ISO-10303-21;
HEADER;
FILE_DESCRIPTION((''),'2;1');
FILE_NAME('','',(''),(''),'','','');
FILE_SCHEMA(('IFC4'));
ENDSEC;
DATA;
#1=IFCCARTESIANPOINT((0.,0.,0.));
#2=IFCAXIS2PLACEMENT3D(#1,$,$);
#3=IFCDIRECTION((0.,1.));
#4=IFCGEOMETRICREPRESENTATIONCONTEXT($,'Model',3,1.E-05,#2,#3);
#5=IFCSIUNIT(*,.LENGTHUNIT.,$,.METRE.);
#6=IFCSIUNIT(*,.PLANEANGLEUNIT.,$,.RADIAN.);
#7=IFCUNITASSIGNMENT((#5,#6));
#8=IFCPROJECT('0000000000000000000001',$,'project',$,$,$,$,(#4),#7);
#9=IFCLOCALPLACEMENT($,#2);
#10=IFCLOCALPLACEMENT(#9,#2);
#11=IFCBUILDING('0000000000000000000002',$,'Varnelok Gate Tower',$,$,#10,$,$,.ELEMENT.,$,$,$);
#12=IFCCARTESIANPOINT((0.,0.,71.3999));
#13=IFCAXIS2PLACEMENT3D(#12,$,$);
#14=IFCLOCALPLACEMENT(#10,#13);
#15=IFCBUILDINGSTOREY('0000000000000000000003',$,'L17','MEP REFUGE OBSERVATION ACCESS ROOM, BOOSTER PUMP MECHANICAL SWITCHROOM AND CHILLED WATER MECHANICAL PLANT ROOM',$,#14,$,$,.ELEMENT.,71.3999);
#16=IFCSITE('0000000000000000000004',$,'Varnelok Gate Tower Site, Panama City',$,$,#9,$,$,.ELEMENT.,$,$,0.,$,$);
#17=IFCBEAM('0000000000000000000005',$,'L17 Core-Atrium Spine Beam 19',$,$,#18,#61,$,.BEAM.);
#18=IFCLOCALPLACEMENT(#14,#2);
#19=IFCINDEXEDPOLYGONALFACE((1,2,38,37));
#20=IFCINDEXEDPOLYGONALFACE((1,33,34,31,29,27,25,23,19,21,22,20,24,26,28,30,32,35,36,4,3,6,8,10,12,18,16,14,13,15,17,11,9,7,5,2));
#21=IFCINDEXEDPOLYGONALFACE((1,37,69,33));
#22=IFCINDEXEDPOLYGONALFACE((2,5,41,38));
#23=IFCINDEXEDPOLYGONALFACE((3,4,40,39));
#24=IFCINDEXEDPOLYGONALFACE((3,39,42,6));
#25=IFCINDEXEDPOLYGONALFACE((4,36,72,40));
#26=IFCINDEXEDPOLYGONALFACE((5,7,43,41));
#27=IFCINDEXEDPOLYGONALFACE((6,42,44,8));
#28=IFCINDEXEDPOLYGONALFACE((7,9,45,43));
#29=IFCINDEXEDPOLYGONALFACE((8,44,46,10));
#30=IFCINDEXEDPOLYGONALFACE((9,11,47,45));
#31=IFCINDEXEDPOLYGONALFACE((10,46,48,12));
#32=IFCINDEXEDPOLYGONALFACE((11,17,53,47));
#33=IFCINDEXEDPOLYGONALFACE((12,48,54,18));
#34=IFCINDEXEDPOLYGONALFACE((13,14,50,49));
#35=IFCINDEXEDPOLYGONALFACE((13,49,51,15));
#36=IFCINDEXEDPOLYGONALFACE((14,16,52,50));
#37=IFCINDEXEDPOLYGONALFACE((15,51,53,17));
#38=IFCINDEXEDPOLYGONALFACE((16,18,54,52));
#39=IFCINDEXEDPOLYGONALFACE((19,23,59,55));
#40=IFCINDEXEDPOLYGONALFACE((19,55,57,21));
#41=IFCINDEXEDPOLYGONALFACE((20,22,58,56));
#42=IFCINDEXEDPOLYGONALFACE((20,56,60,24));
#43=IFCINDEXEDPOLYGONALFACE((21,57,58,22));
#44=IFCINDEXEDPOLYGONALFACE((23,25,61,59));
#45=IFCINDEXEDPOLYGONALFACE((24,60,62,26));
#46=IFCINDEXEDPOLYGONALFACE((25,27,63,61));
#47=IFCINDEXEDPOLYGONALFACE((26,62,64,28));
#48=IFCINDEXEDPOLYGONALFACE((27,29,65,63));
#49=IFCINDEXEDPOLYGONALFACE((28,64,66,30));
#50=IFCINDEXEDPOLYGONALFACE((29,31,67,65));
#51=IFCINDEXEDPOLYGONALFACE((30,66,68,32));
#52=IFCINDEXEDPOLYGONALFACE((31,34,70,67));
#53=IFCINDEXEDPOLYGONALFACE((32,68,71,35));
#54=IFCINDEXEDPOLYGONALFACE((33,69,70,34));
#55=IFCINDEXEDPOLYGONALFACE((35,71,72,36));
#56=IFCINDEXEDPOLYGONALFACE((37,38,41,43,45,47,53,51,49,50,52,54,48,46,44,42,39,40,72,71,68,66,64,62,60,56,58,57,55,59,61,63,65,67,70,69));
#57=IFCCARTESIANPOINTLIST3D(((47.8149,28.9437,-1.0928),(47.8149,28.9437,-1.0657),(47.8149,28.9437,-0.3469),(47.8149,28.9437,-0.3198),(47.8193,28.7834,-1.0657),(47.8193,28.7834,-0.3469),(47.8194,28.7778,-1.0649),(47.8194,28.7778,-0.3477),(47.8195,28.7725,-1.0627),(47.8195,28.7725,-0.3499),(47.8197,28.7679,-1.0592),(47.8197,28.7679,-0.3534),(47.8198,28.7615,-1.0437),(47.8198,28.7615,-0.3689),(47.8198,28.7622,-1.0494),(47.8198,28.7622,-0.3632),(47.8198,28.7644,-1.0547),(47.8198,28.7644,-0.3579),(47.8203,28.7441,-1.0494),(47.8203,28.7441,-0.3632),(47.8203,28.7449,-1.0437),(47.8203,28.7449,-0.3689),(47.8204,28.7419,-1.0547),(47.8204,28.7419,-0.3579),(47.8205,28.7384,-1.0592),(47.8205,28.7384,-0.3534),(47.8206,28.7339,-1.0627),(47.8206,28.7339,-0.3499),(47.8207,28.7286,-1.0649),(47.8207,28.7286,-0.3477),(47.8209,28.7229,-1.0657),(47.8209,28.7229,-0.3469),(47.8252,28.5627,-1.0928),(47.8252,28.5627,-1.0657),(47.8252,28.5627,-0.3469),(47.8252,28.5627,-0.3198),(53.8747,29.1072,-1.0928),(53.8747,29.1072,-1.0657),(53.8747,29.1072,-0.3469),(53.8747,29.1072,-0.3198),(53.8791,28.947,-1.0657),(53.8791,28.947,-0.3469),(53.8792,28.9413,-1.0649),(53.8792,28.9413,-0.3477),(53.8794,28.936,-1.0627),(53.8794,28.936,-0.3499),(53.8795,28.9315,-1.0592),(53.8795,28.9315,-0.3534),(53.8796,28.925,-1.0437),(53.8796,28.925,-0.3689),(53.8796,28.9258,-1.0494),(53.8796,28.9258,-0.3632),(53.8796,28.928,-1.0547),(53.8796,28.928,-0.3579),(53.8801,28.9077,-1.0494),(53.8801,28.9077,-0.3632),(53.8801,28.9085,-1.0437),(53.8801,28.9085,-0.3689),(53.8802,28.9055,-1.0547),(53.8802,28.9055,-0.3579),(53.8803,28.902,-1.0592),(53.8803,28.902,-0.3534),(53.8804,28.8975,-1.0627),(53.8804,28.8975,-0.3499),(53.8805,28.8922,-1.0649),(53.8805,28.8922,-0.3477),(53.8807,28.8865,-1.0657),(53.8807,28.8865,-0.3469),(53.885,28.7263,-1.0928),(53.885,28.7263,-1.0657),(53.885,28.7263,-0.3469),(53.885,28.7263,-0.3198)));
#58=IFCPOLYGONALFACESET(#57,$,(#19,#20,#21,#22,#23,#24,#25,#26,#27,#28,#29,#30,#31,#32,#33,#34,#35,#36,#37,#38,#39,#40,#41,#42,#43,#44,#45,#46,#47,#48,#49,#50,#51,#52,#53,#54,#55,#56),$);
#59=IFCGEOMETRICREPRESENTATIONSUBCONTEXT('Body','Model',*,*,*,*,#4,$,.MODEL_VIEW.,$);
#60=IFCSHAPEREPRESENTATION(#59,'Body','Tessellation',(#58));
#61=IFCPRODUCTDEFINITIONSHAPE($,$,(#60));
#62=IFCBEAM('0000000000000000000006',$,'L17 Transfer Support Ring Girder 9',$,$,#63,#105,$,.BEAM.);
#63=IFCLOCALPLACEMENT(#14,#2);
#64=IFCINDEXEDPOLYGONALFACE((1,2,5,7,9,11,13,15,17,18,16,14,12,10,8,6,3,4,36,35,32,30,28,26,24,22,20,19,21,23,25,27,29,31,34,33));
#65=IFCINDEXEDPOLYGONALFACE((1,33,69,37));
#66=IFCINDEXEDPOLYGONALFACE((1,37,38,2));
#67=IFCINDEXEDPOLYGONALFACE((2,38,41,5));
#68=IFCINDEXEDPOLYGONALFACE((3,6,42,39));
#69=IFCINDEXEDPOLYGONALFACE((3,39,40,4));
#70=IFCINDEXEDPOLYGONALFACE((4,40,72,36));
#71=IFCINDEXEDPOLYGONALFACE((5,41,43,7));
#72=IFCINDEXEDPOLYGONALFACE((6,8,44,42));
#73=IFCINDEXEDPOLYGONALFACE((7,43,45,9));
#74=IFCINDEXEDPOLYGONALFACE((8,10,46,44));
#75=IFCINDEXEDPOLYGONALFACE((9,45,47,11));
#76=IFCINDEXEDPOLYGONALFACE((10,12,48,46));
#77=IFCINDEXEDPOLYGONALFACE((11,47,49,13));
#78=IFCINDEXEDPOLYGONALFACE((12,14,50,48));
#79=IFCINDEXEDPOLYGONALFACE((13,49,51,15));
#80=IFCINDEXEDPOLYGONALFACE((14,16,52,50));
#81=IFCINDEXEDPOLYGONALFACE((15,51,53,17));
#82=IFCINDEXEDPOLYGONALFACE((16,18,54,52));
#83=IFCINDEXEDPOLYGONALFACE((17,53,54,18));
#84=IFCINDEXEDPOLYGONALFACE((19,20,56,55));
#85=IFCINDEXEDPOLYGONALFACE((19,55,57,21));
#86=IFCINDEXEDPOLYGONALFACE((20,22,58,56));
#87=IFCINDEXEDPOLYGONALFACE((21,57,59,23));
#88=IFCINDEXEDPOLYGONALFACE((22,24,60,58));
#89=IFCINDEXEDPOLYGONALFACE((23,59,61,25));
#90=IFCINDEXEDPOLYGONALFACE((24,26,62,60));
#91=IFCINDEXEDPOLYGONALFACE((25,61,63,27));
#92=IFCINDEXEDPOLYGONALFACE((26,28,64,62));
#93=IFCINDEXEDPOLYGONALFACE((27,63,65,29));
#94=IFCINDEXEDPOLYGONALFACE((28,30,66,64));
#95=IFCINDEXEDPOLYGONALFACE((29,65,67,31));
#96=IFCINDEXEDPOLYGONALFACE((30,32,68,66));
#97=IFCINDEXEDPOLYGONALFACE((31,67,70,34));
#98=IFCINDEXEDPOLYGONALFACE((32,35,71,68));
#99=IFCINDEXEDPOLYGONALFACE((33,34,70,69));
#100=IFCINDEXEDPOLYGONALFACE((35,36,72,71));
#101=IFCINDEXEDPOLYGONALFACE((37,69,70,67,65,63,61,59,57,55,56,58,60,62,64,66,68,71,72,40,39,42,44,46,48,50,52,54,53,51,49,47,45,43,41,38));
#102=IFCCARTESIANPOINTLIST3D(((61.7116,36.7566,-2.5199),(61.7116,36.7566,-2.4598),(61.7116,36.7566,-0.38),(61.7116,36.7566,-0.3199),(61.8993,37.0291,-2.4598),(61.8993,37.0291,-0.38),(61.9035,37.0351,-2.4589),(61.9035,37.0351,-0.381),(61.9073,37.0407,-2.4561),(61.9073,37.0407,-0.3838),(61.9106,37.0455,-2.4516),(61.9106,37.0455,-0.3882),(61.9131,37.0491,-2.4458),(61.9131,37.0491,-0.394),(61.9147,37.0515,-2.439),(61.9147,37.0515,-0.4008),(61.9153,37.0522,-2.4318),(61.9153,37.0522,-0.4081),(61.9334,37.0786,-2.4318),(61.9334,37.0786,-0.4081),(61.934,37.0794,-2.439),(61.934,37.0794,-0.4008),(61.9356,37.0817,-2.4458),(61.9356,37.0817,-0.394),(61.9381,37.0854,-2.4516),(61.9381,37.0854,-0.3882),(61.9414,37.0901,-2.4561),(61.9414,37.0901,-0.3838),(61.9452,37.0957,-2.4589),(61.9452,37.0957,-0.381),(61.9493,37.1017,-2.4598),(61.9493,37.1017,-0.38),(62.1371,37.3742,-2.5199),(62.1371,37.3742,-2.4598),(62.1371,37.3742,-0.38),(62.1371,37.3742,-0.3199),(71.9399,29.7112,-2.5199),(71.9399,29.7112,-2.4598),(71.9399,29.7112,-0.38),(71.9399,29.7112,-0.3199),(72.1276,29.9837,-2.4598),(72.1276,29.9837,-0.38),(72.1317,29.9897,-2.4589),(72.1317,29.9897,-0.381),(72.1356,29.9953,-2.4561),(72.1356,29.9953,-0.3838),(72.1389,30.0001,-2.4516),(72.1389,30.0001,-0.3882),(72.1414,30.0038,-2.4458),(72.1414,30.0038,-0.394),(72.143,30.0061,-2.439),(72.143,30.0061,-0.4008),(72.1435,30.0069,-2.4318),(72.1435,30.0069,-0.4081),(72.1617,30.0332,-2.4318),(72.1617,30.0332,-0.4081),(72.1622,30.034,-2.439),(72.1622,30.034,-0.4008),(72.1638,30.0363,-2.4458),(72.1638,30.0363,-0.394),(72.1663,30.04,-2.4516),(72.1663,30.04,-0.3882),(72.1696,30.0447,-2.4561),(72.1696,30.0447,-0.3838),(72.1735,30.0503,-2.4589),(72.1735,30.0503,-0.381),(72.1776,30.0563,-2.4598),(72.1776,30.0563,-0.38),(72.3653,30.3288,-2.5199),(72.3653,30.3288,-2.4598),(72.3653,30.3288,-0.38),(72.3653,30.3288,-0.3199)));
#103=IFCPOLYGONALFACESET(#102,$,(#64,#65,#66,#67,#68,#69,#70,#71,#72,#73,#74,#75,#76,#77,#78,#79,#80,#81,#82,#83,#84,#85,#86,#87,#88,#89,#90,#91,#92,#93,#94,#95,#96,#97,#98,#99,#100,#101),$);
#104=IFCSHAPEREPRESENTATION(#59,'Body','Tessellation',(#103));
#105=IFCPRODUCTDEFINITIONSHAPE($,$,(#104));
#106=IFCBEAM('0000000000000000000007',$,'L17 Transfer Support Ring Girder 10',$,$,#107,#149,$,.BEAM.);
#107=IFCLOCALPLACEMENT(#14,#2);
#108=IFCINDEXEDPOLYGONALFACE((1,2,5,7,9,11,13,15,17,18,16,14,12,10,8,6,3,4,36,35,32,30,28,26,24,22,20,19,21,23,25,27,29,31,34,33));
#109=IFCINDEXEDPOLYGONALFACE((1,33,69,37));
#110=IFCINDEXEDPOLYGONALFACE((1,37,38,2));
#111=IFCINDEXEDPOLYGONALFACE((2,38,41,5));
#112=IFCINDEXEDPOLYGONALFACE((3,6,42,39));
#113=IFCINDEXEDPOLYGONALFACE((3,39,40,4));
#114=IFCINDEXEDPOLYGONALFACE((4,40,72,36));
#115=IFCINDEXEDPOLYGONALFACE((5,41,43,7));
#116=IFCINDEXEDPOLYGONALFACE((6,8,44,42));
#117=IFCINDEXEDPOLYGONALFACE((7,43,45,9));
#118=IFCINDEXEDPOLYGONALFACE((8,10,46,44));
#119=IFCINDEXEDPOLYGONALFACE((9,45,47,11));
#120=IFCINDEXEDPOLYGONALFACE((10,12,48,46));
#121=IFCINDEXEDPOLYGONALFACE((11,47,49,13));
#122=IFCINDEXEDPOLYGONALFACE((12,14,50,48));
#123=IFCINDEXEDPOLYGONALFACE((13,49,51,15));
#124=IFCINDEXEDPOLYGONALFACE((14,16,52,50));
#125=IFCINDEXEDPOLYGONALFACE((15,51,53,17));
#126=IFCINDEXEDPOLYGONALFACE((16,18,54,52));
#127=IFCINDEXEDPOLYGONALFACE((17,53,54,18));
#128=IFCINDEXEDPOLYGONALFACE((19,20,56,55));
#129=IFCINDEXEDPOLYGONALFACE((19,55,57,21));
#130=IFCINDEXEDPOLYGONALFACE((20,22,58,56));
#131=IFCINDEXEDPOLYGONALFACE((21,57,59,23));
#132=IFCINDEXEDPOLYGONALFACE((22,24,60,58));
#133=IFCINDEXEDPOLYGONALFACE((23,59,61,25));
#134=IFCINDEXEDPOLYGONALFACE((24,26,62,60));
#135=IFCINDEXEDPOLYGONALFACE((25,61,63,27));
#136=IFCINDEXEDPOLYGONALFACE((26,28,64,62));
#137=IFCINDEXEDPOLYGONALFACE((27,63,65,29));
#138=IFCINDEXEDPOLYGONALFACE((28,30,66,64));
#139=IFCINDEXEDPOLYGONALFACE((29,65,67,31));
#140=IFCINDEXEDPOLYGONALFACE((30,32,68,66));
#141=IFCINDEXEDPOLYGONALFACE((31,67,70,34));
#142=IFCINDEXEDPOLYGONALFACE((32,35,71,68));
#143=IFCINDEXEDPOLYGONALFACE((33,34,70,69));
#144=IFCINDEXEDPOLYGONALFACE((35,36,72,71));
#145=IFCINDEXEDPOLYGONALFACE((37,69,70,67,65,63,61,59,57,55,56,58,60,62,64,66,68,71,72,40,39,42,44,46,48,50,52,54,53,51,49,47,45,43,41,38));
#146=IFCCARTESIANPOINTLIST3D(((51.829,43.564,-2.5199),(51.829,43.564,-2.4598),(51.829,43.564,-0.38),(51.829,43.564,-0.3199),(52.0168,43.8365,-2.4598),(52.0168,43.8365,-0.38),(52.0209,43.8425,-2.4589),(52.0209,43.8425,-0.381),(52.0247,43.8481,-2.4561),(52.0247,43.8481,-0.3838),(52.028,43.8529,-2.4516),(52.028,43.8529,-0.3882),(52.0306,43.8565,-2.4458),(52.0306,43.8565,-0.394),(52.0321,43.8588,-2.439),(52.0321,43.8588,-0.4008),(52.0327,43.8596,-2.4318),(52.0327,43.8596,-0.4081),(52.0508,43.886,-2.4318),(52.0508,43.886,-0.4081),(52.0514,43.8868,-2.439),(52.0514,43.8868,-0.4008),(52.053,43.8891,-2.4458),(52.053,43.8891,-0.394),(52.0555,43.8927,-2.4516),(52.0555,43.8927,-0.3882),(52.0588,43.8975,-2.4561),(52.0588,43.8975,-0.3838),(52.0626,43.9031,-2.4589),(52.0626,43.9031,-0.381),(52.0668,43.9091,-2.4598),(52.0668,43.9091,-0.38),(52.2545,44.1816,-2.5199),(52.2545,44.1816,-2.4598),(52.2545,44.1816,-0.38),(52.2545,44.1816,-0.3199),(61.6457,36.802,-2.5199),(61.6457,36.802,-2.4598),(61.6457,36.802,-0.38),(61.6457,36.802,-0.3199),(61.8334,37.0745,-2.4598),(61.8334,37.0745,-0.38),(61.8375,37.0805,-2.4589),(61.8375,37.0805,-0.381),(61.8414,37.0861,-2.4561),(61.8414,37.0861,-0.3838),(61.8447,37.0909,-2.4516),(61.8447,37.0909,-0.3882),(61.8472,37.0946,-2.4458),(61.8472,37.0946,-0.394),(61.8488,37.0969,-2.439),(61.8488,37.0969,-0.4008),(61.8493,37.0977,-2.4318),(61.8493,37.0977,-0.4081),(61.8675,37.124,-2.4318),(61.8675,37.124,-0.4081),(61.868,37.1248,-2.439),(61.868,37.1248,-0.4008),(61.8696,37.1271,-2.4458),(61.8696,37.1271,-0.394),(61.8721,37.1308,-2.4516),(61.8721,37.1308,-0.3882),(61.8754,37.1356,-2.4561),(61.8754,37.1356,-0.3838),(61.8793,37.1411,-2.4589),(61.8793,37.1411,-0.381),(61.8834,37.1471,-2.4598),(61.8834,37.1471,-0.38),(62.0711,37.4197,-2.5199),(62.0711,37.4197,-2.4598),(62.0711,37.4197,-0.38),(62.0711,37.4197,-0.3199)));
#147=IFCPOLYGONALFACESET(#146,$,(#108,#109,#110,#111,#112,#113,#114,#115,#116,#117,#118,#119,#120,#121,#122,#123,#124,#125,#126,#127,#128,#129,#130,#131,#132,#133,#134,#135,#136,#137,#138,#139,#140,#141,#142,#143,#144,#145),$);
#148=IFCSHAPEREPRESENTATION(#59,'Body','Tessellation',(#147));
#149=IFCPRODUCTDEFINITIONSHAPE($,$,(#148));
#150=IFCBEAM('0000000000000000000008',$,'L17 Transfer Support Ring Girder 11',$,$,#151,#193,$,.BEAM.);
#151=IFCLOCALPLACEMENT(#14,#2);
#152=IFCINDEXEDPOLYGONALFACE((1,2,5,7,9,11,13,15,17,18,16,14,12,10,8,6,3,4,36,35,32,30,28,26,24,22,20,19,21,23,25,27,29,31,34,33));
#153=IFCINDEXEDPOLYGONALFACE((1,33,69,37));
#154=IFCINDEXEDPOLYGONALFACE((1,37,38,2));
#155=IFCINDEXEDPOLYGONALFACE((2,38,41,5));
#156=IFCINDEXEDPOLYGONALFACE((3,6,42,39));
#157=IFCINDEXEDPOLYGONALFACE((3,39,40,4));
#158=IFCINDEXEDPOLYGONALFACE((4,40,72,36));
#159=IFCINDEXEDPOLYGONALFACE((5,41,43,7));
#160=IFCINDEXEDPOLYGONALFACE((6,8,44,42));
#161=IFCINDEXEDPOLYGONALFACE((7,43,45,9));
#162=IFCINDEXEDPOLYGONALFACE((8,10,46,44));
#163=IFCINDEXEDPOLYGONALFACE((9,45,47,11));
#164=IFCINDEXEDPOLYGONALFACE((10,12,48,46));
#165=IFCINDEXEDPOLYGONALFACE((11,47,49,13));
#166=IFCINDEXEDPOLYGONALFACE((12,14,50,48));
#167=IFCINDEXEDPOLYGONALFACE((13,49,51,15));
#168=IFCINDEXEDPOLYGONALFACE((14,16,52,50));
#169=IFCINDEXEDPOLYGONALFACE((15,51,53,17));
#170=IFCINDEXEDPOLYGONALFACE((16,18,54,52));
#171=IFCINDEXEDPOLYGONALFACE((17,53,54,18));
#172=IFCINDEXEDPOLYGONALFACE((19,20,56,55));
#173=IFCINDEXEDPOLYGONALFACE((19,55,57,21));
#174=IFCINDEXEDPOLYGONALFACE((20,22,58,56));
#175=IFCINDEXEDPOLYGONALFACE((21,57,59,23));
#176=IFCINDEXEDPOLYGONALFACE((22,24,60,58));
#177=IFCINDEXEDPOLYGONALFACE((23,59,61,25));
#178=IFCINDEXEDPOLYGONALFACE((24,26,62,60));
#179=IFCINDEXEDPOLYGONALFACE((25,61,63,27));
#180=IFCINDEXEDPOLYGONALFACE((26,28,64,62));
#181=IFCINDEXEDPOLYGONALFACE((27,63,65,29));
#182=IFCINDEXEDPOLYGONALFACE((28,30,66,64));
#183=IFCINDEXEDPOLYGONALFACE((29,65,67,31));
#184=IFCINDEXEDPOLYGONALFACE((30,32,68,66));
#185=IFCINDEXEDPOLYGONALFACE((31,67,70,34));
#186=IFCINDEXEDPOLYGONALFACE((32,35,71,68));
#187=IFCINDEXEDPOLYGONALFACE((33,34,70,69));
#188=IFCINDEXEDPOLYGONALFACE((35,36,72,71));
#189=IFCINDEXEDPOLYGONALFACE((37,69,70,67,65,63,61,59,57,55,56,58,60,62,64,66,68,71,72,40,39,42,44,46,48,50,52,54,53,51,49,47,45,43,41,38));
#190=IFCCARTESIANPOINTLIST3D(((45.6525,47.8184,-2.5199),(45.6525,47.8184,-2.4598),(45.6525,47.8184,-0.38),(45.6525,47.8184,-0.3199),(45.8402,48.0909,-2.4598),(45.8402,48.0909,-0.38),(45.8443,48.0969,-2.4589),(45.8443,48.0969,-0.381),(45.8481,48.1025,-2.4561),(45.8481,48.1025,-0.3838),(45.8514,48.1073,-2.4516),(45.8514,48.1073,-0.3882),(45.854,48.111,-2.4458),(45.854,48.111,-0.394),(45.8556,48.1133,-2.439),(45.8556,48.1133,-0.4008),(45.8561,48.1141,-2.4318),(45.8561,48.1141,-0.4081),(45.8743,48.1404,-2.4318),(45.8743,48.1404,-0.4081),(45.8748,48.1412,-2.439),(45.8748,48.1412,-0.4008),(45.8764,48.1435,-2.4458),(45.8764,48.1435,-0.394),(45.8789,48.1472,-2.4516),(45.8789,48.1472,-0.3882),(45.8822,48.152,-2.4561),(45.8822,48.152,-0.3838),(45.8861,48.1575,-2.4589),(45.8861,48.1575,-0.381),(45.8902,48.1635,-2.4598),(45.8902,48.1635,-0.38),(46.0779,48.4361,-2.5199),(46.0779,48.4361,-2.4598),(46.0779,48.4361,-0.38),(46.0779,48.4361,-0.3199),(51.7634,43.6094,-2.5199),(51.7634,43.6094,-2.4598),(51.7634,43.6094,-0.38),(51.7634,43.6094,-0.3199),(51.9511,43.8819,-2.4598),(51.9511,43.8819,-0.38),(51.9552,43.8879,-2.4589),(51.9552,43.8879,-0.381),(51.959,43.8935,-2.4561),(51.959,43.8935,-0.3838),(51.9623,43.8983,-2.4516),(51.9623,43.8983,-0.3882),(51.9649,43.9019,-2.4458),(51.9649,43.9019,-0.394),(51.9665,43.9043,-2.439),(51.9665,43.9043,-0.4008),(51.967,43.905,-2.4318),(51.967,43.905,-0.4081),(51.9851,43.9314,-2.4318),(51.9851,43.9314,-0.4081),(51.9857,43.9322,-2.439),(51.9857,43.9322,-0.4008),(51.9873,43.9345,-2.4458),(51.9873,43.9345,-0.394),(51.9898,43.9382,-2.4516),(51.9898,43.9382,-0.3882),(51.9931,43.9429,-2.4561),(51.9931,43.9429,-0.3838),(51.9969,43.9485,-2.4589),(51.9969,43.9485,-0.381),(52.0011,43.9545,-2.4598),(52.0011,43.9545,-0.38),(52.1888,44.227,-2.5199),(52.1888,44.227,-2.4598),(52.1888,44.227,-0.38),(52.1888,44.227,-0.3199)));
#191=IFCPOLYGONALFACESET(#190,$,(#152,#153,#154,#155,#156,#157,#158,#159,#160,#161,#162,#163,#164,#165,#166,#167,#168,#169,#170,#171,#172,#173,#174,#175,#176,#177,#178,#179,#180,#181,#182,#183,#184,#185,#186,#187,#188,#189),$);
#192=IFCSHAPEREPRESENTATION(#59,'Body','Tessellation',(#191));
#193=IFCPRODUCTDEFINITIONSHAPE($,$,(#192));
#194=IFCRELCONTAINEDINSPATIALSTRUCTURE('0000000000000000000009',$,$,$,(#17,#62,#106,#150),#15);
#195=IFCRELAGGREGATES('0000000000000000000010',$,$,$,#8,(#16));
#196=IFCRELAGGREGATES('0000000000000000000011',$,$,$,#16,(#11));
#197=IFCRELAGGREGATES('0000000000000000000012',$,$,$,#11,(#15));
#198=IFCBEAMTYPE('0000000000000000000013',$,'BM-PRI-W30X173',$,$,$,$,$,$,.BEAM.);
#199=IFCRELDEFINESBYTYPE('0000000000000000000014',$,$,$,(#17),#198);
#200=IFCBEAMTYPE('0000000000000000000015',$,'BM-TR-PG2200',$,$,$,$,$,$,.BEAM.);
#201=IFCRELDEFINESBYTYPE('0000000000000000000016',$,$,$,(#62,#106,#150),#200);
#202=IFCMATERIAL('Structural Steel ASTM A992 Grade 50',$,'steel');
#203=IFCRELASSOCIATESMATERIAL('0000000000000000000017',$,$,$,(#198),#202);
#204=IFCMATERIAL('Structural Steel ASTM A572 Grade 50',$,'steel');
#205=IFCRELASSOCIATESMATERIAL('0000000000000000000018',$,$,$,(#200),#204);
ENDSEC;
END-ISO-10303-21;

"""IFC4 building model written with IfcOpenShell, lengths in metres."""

from ifc_helpers import new_model, si_unit, direction, frame, origin, origin_2d, place, context, subcontext, project, spatial, i_section, extrude, material, material_profile, profile_set, type_object, element, save


model = new_model("IFC4")

# Units and contexts
model_context = context("Model", 3, precision=1e-05, world=origin(), true_north=direction((0.0, 1.0)))
body_context = subcontext(model_context, "Body", "Model", "MODEL_VIEW")
ifc_project = project(units=[si_unit("LENGTHUNIT", "METRE"), si_unit("PLANEANGLEUNIT", "RADIAN")], contexts=[model_context])

# Site, building, storey
site_placement = place(None, origin())
site = spatial("IfcSite", under=ifc_project, at=site_placement, Name="Varnelok Gate Tower Site, Panama City", CompositionType="ELEMENT", RefElevation=0.0)
building_placement = place(site_placement, origin())
building = spatial("IfcBuilding", under=site, at=building_placement, Name="Varnelok Gate Tower", CompositionType="ELEMENT")
storey_placement = place(building_placement, frame((0.0, 0.0, 71.3999)))
storey = spatial("IfcBuildingStorey", under=building, at=storey_placement, Name="L17", Description="MEP REFUGE OBSERVATION ACCESS ROOM, BOOSTER PUMP MECHANICAL SWITCHROOM AND CHILLED WATER MECHANICAL PLANT ROOM", CompositionType="ELEMENT", Elevation=71.3999)

# Shared definitions
ifc_material_1 = material(Name="Structural Steel ASTM A992 Grade 50", Category="steel")

# Beams
ifc_material_profile_1 = material_profile(ifc_material_1, i_section(OverallWidth=0.3811, OverallDepth=0.7729, WebThickness=0.0166, FlangeThickness=0.0271, FilletRadius=0.022, at=origin_2d()), Name="W30X173")
ifc_profile_set_1 = profile_set([ifc_material_profile_1], Name="Structural Steel ASTM A992 Grade 50")
beam_type_1 = type_object("IfcBeamType", Name="BM-PRI-W30X173", PredefinedType="BEAM", material=ifc_profile_set_1)
beam_1_placement = place(storey_placement, frame((47.8201, 28.7532, -0.7063), z_axis=(0.999636, 0.026983, 0.0), x_axis=(-0.026983, 0.999636, 0.0)))
element("IfcBeam", 1, at=beam_1_placement, inside=storey, type_object=beam_type_1, Name="L17 Core-Atrium Spine Beam 19", PredefinedType="BEAM", context=body_context, shape_type="SweptSolid", body=[
    extrude(i_section(OverallWidth=0.3811, OverallDepth=0.7729, WebThickness=0.0166, FlangeThickness=0.0271, FilletRadius=0.022, at=origin_2d()), origin(), (0.0, 0.0, 1.0), 6.062),
])
ifc_material_2 = material(Name="Structural Steel ASTM A572 Grade 50", Category="steel")
ifc_material_profile_2 = material_profile(ifc_material_2, i_section(OverallWidth=0.75, OverallDepth=2.2, WebThickness=0.032, FlangeThickness=0.0601, FilletRadius=0.0281, at=origin_2d()), Name="PG2200X750")
ifc_profile_set_2 = profile_set([ifc_material_profile_2], Name="Structural Steel ASTM A572 Grade 50")
beam_type_2 = type_object("IfcBeamType", Name="BM-TR-PG2200", PredefinedType="BEAM", material=ifc_profile_set_2)
beam_2_placement = place(storey_placement, frame((72.1526, 30.02, -1.4199), z_axis=(-0.823535, 0.567265, 0.0), x_axis=(-0.567265, -0.823535, 0.0)))
element("IfcBeam", 2, at=beam_2_placement, inside=storey, type_object=beam_type_2, Name="L17 Transfer Support Ring Girder 9", PredefinedType="BEAM", context=body_context, shape_type="SweptSolid", body=[
    extrude(i_section(OverallWidth=0.75, OverallDepth=2.2, WebThickness=0.032, FlangeThickness=0.0601, FilletRadius=0.0281, at=origin_2d()), origin(), (0.0, 0.0, 1.0), 12.4199),
])
beam_3_placement = place(storey_placement, frame((61.8584, 37.1108, -1.4199), z_axis=(-0.823532, 0.56727, 0.0), x_axis=(-0.56727, -0.823532, 0.0)))
element("IfcBeam", 3, at=beam_3_placement, inside=storey, type_object=beam_type_2, Name="L17 Transfer Support Ring Girder 10", PredefinedType="BEAM", context=body_context, shape_type="SweptSolid", body=[
    extrude(i_section(OverallWidth=0.75, OverallDepth=2.2, WebThickness=0.032, FlangeThickness=0.0601, FilletRadius=0.0281, at=origin_2d()), origin(), (0.0, 0.0, 1.0), 11.9202),
])
beam_4_placement = place(storey_placement, frame((51.9761, 43.9182, -1.4199), z_axis=(-0.823552, 0.567241, 0.0), x_axis=(-0.567241, -0.823552, 0.0)))
element("IfcBeam", 4, at=beam_4_placement, inside=storey, type_object=beam_type_2, Name="L17 Transfer Support Ring Girder 11", PredefinedType="BEAM", context=body_context, shape_type="SweptSolid", body=[
    extrude(i_section(OverallWidth=0.75, OverallDepth=2.2, WebThickness=0.032, FlangeThickness=0.0601, FilletRadius=0.0281, at=origin_2d()), origin(), (0.0, 0.0, 1.0), 7.4202),
])

save(model, "model.ifc")
